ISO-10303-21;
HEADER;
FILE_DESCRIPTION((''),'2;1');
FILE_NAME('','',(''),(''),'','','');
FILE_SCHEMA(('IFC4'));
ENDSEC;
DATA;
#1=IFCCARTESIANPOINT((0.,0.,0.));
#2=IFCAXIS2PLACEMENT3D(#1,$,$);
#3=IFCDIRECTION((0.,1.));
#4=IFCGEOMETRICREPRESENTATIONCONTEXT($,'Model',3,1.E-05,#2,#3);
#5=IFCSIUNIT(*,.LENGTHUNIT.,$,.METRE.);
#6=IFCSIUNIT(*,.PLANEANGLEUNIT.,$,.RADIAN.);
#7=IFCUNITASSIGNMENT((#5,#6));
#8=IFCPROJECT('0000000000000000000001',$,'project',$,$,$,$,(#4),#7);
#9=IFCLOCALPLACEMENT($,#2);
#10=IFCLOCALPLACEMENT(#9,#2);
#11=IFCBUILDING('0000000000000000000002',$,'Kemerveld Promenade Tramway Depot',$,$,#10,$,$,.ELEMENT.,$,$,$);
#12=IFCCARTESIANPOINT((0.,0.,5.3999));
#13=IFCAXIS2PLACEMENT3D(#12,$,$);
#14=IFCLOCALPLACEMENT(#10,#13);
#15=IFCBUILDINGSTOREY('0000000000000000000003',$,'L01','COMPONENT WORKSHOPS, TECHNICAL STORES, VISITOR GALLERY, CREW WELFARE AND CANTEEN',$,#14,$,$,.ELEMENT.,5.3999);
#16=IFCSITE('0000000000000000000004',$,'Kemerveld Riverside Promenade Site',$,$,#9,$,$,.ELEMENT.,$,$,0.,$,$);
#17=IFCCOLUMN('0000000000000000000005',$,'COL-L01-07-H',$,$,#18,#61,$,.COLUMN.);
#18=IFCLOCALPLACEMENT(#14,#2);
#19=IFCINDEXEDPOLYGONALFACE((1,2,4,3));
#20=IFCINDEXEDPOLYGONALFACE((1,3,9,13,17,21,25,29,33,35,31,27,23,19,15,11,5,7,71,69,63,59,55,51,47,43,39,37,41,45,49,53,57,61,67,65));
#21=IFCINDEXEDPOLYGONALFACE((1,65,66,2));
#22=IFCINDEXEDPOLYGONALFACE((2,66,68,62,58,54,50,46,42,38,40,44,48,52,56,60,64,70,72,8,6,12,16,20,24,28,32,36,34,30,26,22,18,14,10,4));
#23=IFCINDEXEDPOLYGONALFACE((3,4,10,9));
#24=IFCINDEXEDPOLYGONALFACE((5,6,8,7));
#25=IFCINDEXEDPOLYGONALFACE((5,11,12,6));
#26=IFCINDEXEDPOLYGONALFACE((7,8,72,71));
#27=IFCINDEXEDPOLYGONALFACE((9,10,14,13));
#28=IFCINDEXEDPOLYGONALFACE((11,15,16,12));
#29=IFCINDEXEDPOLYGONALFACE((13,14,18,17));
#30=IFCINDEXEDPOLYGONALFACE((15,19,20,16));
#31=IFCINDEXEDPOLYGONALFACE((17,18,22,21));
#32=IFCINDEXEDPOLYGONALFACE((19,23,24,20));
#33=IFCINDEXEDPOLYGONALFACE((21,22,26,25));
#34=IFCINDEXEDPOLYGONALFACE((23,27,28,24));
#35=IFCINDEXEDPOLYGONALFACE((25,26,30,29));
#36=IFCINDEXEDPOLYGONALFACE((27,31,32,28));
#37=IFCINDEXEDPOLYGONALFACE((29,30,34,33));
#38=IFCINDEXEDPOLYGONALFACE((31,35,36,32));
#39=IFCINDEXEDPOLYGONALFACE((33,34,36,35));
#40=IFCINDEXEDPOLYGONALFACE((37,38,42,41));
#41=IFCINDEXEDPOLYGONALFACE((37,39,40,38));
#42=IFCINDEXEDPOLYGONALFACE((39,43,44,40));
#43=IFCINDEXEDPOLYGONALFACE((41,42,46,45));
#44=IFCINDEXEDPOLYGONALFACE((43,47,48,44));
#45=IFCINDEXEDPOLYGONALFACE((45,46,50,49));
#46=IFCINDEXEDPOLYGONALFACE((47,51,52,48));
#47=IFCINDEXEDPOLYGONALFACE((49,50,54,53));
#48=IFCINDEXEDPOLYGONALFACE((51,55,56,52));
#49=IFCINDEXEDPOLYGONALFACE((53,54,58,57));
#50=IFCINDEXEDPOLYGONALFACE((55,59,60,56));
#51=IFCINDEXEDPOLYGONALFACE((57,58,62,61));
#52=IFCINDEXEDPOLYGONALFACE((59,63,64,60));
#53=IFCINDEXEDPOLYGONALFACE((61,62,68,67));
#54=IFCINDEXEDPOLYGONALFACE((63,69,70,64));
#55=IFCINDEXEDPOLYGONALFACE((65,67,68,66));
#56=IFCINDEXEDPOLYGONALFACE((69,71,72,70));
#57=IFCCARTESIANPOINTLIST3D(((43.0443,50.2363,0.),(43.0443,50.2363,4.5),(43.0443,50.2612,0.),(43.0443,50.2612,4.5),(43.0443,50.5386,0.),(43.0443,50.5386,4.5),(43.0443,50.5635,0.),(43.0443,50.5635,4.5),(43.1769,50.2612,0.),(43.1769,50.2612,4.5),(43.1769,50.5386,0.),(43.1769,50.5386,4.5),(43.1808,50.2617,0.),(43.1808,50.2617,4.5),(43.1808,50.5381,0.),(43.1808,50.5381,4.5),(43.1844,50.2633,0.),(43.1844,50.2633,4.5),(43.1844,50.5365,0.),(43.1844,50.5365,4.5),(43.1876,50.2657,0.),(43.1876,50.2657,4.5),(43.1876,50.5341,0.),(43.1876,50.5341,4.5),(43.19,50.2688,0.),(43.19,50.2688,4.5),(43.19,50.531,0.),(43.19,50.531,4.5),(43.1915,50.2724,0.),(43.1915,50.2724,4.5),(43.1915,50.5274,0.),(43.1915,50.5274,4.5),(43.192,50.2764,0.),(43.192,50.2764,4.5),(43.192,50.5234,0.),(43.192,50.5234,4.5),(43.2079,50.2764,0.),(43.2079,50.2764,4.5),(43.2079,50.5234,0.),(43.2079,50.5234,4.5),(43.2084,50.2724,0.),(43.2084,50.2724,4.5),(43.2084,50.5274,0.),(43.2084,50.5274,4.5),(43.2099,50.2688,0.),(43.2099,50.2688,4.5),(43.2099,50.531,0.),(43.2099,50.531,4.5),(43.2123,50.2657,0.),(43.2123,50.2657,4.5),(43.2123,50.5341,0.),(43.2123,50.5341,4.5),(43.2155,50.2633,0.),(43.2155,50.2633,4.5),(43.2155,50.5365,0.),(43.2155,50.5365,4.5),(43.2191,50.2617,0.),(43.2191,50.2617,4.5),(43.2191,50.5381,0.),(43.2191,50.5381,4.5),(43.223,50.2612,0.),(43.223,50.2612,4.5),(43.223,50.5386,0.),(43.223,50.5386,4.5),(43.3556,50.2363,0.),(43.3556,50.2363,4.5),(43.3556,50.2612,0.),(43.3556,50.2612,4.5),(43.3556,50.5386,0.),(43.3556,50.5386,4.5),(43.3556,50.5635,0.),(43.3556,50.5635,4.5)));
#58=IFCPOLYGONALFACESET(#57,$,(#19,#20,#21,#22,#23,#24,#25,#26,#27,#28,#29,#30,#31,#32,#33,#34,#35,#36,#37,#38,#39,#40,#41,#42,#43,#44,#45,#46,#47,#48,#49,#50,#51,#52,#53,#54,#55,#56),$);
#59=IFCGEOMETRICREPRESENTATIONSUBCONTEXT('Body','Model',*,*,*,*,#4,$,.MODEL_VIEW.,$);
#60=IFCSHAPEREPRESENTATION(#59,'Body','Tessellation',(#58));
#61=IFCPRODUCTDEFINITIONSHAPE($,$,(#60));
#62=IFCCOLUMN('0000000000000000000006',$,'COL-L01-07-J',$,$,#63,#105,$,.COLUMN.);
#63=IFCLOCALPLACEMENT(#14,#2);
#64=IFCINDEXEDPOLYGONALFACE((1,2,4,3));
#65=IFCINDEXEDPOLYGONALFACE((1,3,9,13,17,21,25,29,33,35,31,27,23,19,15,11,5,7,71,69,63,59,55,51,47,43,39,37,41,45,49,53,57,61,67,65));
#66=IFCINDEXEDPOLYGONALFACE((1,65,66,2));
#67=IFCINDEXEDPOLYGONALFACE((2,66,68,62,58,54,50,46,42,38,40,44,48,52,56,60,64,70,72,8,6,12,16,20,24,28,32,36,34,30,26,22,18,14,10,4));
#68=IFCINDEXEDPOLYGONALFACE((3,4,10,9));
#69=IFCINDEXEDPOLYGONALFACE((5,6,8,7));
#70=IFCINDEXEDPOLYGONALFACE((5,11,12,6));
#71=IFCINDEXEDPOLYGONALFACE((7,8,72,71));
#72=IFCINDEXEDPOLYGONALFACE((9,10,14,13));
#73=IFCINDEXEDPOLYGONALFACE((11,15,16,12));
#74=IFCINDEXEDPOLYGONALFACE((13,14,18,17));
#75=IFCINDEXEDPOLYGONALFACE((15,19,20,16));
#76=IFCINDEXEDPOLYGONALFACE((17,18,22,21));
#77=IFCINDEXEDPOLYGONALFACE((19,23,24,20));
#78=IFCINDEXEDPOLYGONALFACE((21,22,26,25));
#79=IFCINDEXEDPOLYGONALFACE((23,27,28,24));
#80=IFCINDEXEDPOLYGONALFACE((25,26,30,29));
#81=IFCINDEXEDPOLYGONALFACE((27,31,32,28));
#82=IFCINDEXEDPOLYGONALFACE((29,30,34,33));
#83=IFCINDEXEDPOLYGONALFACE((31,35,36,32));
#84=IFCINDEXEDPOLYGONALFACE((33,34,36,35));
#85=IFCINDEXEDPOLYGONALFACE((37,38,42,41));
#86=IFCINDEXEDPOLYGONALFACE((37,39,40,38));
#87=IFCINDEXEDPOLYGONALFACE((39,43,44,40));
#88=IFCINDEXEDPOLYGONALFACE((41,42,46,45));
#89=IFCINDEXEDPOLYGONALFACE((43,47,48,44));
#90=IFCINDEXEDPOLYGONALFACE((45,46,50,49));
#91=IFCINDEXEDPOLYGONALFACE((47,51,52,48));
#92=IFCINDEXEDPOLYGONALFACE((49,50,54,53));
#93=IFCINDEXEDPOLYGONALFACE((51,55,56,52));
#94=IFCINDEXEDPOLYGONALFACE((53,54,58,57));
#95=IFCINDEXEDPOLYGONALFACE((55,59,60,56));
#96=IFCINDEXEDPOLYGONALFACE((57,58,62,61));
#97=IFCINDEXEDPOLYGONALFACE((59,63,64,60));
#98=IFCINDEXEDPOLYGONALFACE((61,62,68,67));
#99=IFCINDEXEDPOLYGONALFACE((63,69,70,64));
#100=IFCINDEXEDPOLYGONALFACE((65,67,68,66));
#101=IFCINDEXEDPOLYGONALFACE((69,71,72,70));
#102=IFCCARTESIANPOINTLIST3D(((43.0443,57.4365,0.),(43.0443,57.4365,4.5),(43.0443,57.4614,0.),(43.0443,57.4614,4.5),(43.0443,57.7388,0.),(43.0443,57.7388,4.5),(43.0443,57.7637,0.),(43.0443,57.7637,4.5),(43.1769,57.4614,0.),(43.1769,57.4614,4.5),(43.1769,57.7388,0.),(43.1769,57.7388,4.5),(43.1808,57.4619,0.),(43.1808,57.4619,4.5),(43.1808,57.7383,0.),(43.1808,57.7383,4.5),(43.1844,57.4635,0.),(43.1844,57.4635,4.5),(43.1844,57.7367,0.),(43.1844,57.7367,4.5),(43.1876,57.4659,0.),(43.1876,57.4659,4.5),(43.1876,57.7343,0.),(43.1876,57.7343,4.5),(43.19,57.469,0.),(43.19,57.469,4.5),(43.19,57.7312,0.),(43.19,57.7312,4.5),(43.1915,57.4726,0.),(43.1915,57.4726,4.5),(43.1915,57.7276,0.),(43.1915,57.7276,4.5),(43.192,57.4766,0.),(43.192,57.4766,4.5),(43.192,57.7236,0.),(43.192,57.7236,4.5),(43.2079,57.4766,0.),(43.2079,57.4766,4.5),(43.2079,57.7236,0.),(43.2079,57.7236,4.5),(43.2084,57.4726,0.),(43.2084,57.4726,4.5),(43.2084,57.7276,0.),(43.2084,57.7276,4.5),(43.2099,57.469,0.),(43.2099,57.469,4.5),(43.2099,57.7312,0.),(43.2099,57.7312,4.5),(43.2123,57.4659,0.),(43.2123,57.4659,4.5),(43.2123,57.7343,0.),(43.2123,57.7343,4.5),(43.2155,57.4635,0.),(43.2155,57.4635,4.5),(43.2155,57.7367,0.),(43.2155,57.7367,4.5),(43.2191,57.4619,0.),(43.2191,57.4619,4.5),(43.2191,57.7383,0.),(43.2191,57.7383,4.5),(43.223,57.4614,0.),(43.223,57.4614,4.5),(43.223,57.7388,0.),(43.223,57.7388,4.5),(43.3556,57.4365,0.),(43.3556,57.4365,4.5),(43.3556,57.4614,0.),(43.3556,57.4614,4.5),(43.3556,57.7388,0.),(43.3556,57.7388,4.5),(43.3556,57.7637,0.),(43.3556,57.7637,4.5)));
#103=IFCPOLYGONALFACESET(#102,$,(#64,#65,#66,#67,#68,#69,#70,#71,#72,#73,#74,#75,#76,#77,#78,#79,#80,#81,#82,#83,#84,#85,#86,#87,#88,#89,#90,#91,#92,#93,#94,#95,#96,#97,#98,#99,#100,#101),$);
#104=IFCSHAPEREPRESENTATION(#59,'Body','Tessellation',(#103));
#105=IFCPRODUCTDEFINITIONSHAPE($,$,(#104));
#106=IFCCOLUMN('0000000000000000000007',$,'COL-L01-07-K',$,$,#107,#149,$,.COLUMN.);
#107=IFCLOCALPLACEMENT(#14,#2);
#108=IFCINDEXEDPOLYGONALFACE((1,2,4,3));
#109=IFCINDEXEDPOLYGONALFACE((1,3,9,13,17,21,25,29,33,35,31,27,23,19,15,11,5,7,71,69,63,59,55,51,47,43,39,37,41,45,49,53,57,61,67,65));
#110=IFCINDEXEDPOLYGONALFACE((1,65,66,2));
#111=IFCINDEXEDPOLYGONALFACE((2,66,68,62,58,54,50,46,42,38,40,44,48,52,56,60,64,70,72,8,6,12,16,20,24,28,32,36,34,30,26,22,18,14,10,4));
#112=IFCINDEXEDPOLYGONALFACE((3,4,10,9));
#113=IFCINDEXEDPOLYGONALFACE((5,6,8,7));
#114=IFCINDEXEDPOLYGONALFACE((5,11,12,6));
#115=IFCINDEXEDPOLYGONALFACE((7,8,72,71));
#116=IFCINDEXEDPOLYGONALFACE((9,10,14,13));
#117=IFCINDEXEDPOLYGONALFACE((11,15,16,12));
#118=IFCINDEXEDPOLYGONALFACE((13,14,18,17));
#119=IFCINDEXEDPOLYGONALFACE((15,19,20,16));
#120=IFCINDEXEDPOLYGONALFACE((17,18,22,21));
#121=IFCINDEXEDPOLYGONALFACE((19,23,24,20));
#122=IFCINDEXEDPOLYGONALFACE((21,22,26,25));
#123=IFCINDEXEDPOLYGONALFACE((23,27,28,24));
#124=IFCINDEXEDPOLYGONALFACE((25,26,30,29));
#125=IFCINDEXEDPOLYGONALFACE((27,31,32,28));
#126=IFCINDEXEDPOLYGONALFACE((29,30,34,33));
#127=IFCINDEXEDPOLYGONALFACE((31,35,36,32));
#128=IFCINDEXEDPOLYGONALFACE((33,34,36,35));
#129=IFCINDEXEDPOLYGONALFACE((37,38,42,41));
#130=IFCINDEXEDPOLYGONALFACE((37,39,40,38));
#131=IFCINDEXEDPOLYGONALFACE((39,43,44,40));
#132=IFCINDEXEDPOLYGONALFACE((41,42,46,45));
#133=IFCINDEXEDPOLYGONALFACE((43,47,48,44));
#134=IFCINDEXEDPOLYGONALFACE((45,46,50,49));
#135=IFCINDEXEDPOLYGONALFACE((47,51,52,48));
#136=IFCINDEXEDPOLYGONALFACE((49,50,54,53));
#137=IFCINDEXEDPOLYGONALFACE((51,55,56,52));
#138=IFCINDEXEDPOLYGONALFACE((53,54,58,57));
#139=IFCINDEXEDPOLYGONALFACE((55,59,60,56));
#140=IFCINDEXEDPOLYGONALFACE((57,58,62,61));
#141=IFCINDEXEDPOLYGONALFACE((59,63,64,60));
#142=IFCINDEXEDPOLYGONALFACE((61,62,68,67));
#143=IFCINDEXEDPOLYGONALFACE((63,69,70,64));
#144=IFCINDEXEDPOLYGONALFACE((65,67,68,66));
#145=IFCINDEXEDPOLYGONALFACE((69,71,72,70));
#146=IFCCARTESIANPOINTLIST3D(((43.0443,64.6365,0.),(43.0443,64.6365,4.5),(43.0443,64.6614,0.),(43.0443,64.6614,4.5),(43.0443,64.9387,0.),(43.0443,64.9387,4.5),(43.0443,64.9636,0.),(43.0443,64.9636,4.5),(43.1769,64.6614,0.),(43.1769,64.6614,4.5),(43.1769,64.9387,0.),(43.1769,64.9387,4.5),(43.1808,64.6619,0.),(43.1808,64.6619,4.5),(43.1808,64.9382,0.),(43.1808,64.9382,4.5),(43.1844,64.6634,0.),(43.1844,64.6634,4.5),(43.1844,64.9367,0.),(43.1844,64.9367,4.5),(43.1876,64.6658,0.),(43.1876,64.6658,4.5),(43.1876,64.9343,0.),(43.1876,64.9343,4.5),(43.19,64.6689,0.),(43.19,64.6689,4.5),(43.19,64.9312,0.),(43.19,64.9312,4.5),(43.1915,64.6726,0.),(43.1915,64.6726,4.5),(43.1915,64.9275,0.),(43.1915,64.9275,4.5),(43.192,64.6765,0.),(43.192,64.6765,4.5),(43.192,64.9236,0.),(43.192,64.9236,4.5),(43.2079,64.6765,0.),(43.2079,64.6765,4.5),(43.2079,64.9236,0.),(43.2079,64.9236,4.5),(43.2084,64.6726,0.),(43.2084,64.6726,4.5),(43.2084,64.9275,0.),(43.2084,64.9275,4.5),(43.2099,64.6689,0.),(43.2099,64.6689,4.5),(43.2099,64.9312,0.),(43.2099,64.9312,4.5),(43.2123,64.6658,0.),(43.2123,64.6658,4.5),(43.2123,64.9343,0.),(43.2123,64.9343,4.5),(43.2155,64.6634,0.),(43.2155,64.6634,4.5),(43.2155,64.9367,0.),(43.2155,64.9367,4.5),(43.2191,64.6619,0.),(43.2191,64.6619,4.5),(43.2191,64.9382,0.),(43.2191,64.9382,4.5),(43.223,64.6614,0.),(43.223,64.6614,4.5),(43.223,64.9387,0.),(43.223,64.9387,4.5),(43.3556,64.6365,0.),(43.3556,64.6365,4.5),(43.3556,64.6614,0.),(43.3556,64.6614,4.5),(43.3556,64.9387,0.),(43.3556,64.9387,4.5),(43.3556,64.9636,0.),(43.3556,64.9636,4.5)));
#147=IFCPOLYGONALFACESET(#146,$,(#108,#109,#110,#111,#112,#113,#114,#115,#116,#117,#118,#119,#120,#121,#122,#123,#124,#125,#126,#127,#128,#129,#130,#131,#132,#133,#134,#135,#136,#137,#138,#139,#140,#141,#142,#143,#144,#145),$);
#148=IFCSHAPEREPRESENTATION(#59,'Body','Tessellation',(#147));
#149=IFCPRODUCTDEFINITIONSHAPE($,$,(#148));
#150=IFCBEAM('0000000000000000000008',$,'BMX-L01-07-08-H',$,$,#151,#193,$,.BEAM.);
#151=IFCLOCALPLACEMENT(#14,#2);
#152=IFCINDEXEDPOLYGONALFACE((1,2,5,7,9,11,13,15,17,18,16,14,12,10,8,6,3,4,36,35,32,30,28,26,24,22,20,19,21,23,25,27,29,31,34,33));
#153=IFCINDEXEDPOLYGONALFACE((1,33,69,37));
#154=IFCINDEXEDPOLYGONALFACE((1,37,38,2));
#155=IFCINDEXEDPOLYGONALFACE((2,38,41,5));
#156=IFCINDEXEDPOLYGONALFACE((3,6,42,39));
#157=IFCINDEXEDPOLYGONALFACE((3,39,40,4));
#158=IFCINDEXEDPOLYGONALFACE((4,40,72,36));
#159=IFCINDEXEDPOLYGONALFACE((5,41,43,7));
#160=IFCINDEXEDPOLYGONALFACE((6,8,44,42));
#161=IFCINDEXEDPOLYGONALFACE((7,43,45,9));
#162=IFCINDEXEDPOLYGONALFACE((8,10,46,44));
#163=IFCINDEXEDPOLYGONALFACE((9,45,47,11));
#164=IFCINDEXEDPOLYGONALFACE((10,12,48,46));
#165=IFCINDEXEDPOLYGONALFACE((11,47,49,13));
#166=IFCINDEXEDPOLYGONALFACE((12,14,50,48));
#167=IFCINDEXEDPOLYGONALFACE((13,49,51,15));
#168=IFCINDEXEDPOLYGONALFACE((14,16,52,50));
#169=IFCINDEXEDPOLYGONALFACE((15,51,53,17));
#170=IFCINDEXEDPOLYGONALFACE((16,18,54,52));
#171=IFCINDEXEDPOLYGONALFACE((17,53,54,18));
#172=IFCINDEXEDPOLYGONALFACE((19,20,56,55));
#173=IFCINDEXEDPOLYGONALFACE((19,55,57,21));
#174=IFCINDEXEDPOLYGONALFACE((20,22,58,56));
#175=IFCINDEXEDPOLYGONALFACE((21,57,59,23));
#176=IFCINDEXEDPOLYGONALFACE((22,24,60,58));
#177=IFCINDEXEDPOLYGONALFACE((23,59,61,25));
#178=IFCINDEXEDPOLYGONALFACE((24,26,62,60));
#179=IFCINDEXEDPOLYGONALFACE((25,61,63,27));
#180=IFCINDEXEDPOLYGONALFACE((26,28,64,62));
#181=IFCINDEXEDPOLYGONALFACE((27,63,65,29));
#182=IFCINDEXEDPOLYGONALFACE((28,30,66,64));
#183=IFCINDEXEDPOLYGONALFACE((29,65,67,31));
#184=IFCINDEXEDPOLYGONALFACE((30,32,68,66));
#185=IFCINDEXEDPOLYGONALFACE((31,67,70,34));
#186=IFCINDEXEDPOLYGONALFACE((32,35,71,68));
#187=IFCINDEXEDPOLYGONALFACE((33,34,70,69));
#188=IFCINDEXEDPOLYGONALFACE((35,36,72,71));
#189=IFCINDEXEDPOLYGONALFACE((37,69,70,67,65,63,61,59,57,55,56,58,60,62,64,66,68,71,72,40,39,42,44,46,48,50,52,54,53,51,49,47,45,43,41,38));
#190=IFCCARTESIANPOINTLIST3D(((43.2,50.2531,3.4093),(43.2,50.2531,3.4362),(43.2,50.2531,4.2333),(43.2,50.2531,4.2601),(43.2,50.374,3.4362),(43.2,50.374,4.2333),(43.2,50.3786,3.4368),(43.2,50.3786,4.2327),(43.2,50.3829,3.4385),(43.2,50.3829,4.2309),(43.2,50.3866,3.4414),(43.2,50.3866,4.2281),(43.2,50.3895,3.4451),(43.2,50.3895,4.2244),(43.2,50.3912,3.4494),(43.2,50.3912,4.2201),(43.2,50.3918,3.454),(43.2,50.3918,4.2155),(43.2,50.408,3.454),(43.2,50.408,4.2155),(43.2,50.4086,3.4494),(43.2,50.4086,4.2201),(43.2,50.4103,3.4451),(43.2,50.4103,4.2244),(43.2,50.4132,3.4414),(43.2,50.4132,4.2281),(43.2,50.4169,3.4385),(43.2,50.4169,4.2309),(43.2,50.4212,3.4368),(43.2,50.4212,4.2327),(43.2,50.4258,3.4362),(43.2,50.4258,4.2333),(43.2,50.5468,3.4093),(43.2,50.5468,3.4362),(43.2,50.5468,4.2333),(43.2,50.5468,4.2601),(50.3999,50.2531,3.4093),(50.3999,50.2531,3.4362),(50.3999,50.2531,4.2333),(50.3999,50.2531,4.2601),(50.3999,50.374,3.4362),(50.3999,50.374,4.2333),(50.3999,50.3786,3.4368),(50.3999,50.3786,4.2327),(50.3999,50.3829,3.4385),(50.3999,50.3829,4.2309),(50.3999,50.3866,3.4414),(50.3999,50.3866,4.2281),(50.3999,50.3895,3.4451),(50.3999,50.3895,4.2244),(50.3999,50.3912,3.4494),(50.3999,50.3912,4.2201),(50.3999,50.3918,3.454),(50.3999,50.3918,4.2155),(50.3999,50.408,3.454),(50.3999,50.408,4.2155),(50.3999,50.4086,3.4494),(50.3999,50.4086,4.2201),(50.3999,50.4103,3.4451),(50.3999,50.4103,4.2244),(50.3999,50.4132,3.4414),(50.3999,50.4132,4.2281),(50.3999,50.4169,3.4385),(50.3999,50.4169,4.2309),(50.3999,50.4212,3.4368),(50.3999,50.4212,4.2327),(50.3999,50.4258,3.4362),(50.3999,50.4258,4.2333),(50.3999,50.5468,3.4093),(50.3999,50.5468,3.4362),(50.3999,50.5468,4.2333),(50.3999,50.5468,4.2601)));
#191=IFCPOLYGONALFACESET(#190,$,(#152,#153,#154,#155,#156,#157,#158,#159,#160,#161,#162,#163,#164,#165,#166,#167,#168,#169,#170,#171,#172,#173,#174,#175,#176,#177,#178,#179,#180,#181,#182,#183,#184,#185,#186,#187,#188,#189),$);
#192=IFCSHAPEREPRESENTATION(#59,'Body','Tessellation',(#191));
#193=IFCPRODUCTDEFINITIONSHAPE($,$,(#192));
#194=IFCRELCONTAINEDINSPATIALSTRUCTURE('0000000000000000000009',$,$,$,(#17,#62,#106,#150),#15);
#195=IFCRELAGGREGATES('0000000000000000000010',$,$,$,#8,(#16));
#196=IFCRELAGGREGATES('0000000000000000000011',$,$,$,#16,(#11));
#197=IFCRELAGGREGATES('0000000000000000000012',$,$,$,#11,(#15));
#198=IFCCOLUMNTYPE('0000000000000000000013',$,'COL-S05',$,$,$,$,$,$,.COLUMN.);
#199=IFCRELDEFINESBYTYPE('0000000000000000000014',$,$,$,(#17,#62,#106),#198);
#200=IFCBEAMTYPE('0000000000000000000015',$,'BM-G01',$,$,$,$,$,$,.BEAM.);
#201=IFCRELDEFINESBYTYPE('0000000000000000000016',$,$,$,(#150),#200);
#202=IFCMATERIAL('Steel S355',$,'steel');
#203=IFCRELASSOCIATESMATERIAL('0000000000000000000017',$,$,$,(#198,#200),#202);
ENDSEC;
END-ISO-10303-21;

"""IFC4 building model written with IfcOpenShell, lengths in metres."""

from ifc_helpers import new_model, si_unit, direction, frame, origin, origin_2d, place, context, subcontext, project, spatial, i_section, extrude, material, material_profile, profile_set, type_object, element, save


model = new_model("IFC4")

# Units and contexts
model_context = context("Model", 3, precision=1e-05, world=origin(), true_north=direction((0.0, 1.0)))
body_context = subcontext(model_context, "Body", "Model", "MODEL_VIEW")
ifc_project = project(units=[si_unit("LENGTHUNIT", "METRE"), si_unit("PLANEANGLEUNIT", "RADIAN")], contexts=[model_context])

# Site, building, storey
site_placement = place(None, origin())
site = spatial("IfcSite", under=ifc_project, at=site_placement, Name="Kemerveld Riverside Promenade Site", CompositionType="ELEMENT", RefElevation=0.0)
building_placement = place(site_placement, origin())
building = spatial("IfcBuilding", under=site, at=building_placement, Name="Kemerveld Promenade Tramway Depot", CompositionType="ELEMENT")
storey_placement = place(building_placement, frame((0.0, 0.0, 5.3999)))
storey = spatial("IfcBuildingStorey", under=building, at=storey_placement, Name="L01", Description="COMPONENT WORKSHOPS, TECHNICAL STORES, VISITOR GALLERY, CREW WELFARE AND CANTEEN", CompositionType="ELEMENT", Elevation=5.3999)

# Columns
ifc_material_1 = material(Name="Steel S355", Category="steel")
ifc_material_profile_1 = material_profile(ifc_material_1, i_section(OverallWidth=0.3113, OverallDepth=0.3271, WebThickness=0.0159, FlangeThickness=0.0249, FilletRadius=0.0151, at=origin_2d()), Name="305x305x158 UC")
ifc_profile_set_1 = profile_set([ifc_material_profile_1], Name="Steel S355")
column_type = type_object("IfcColumnType", Name="COL-S05", PredefinedType="COLUMN", material=ifc_profile_set_1)
for number, where, z_axis, x_axis, name in (
    (1, (43.2, 50.3999, 0.0), (0.0, 0.0, 1.0), (1.0, 0.0, 0.0), "COL-L01-07-H"),
    (2, (43.2, 57.6001, 0.0), (0.0, 0.0, 1.0), (1.0, 0.0, 0.0), "COL-L01-07-J"),
    (3, (43.2, 64.8, 0.0), (0.0, 0.0, 1.0), (1.0, 0.0, 0.0), "COL-L01-07-K"),
):
    element("IfcColumn", number, at=place(storey_placement, frame(where, z_axis=z_axis, x_axis=x_axis)), inside=storey, type_object=column_type, Name=name, PredefinedType="COLUMN", context=body_context, shape_type="SweptSolid", body=[
        extrude(i_section(OverallWidth=0.3113, OverallDepth=0.3271, WebThickness=0.0159, FlangeThickness=0.0249, FilletRadius=0.0151, at=origin_2d()), origin(), (0.0, 0.0, 1.0), 4.5),
    ])

# Beam
ifc_material_profile_2 = material_profile(ifc_material_1, i_section(OverallWidth=0.2937, OverallDepth=0.8508, WebThickness=0.0161, FlangeThickness=0.0269, FilletRadius=0.0178, at=origin_2d()), Name="838x292x226 UB")
ifc_profile_set_2 = profile_set([ifc_material_profile_2], Name="Steel S355")
beam_type_1 = type_object("IfcBeamType", Name="BM-G01", PredefinedType="BEAM", material=ifc_profile_set_2)
beam_1_placement = place(storey_placement, frame((43.2, 50.3999, 3.8347), z_axis=(1.0, 0.0, 0.0), x_axis=(0.0, 1.0, 0.0)))
element("IfcBeam", 4, at=beam_1_placement, inside=storey, type_object=beam_type_1, Name="BMX-L01-07-08-H", PredefinedType="BEAM", context=body_context, shape_type="SweptSolid", body=[
    extrude(i_section(OverallWidth=0.2937, OverallDepth=0.8508, WebThickness=0.0161, FlangeThickness=0.0269, FilletRadius=0.0178, at=origin_2d()), origin(), (0.0, 0.0, 1.0), 7.2),
])

save(model, "model.ifc")
